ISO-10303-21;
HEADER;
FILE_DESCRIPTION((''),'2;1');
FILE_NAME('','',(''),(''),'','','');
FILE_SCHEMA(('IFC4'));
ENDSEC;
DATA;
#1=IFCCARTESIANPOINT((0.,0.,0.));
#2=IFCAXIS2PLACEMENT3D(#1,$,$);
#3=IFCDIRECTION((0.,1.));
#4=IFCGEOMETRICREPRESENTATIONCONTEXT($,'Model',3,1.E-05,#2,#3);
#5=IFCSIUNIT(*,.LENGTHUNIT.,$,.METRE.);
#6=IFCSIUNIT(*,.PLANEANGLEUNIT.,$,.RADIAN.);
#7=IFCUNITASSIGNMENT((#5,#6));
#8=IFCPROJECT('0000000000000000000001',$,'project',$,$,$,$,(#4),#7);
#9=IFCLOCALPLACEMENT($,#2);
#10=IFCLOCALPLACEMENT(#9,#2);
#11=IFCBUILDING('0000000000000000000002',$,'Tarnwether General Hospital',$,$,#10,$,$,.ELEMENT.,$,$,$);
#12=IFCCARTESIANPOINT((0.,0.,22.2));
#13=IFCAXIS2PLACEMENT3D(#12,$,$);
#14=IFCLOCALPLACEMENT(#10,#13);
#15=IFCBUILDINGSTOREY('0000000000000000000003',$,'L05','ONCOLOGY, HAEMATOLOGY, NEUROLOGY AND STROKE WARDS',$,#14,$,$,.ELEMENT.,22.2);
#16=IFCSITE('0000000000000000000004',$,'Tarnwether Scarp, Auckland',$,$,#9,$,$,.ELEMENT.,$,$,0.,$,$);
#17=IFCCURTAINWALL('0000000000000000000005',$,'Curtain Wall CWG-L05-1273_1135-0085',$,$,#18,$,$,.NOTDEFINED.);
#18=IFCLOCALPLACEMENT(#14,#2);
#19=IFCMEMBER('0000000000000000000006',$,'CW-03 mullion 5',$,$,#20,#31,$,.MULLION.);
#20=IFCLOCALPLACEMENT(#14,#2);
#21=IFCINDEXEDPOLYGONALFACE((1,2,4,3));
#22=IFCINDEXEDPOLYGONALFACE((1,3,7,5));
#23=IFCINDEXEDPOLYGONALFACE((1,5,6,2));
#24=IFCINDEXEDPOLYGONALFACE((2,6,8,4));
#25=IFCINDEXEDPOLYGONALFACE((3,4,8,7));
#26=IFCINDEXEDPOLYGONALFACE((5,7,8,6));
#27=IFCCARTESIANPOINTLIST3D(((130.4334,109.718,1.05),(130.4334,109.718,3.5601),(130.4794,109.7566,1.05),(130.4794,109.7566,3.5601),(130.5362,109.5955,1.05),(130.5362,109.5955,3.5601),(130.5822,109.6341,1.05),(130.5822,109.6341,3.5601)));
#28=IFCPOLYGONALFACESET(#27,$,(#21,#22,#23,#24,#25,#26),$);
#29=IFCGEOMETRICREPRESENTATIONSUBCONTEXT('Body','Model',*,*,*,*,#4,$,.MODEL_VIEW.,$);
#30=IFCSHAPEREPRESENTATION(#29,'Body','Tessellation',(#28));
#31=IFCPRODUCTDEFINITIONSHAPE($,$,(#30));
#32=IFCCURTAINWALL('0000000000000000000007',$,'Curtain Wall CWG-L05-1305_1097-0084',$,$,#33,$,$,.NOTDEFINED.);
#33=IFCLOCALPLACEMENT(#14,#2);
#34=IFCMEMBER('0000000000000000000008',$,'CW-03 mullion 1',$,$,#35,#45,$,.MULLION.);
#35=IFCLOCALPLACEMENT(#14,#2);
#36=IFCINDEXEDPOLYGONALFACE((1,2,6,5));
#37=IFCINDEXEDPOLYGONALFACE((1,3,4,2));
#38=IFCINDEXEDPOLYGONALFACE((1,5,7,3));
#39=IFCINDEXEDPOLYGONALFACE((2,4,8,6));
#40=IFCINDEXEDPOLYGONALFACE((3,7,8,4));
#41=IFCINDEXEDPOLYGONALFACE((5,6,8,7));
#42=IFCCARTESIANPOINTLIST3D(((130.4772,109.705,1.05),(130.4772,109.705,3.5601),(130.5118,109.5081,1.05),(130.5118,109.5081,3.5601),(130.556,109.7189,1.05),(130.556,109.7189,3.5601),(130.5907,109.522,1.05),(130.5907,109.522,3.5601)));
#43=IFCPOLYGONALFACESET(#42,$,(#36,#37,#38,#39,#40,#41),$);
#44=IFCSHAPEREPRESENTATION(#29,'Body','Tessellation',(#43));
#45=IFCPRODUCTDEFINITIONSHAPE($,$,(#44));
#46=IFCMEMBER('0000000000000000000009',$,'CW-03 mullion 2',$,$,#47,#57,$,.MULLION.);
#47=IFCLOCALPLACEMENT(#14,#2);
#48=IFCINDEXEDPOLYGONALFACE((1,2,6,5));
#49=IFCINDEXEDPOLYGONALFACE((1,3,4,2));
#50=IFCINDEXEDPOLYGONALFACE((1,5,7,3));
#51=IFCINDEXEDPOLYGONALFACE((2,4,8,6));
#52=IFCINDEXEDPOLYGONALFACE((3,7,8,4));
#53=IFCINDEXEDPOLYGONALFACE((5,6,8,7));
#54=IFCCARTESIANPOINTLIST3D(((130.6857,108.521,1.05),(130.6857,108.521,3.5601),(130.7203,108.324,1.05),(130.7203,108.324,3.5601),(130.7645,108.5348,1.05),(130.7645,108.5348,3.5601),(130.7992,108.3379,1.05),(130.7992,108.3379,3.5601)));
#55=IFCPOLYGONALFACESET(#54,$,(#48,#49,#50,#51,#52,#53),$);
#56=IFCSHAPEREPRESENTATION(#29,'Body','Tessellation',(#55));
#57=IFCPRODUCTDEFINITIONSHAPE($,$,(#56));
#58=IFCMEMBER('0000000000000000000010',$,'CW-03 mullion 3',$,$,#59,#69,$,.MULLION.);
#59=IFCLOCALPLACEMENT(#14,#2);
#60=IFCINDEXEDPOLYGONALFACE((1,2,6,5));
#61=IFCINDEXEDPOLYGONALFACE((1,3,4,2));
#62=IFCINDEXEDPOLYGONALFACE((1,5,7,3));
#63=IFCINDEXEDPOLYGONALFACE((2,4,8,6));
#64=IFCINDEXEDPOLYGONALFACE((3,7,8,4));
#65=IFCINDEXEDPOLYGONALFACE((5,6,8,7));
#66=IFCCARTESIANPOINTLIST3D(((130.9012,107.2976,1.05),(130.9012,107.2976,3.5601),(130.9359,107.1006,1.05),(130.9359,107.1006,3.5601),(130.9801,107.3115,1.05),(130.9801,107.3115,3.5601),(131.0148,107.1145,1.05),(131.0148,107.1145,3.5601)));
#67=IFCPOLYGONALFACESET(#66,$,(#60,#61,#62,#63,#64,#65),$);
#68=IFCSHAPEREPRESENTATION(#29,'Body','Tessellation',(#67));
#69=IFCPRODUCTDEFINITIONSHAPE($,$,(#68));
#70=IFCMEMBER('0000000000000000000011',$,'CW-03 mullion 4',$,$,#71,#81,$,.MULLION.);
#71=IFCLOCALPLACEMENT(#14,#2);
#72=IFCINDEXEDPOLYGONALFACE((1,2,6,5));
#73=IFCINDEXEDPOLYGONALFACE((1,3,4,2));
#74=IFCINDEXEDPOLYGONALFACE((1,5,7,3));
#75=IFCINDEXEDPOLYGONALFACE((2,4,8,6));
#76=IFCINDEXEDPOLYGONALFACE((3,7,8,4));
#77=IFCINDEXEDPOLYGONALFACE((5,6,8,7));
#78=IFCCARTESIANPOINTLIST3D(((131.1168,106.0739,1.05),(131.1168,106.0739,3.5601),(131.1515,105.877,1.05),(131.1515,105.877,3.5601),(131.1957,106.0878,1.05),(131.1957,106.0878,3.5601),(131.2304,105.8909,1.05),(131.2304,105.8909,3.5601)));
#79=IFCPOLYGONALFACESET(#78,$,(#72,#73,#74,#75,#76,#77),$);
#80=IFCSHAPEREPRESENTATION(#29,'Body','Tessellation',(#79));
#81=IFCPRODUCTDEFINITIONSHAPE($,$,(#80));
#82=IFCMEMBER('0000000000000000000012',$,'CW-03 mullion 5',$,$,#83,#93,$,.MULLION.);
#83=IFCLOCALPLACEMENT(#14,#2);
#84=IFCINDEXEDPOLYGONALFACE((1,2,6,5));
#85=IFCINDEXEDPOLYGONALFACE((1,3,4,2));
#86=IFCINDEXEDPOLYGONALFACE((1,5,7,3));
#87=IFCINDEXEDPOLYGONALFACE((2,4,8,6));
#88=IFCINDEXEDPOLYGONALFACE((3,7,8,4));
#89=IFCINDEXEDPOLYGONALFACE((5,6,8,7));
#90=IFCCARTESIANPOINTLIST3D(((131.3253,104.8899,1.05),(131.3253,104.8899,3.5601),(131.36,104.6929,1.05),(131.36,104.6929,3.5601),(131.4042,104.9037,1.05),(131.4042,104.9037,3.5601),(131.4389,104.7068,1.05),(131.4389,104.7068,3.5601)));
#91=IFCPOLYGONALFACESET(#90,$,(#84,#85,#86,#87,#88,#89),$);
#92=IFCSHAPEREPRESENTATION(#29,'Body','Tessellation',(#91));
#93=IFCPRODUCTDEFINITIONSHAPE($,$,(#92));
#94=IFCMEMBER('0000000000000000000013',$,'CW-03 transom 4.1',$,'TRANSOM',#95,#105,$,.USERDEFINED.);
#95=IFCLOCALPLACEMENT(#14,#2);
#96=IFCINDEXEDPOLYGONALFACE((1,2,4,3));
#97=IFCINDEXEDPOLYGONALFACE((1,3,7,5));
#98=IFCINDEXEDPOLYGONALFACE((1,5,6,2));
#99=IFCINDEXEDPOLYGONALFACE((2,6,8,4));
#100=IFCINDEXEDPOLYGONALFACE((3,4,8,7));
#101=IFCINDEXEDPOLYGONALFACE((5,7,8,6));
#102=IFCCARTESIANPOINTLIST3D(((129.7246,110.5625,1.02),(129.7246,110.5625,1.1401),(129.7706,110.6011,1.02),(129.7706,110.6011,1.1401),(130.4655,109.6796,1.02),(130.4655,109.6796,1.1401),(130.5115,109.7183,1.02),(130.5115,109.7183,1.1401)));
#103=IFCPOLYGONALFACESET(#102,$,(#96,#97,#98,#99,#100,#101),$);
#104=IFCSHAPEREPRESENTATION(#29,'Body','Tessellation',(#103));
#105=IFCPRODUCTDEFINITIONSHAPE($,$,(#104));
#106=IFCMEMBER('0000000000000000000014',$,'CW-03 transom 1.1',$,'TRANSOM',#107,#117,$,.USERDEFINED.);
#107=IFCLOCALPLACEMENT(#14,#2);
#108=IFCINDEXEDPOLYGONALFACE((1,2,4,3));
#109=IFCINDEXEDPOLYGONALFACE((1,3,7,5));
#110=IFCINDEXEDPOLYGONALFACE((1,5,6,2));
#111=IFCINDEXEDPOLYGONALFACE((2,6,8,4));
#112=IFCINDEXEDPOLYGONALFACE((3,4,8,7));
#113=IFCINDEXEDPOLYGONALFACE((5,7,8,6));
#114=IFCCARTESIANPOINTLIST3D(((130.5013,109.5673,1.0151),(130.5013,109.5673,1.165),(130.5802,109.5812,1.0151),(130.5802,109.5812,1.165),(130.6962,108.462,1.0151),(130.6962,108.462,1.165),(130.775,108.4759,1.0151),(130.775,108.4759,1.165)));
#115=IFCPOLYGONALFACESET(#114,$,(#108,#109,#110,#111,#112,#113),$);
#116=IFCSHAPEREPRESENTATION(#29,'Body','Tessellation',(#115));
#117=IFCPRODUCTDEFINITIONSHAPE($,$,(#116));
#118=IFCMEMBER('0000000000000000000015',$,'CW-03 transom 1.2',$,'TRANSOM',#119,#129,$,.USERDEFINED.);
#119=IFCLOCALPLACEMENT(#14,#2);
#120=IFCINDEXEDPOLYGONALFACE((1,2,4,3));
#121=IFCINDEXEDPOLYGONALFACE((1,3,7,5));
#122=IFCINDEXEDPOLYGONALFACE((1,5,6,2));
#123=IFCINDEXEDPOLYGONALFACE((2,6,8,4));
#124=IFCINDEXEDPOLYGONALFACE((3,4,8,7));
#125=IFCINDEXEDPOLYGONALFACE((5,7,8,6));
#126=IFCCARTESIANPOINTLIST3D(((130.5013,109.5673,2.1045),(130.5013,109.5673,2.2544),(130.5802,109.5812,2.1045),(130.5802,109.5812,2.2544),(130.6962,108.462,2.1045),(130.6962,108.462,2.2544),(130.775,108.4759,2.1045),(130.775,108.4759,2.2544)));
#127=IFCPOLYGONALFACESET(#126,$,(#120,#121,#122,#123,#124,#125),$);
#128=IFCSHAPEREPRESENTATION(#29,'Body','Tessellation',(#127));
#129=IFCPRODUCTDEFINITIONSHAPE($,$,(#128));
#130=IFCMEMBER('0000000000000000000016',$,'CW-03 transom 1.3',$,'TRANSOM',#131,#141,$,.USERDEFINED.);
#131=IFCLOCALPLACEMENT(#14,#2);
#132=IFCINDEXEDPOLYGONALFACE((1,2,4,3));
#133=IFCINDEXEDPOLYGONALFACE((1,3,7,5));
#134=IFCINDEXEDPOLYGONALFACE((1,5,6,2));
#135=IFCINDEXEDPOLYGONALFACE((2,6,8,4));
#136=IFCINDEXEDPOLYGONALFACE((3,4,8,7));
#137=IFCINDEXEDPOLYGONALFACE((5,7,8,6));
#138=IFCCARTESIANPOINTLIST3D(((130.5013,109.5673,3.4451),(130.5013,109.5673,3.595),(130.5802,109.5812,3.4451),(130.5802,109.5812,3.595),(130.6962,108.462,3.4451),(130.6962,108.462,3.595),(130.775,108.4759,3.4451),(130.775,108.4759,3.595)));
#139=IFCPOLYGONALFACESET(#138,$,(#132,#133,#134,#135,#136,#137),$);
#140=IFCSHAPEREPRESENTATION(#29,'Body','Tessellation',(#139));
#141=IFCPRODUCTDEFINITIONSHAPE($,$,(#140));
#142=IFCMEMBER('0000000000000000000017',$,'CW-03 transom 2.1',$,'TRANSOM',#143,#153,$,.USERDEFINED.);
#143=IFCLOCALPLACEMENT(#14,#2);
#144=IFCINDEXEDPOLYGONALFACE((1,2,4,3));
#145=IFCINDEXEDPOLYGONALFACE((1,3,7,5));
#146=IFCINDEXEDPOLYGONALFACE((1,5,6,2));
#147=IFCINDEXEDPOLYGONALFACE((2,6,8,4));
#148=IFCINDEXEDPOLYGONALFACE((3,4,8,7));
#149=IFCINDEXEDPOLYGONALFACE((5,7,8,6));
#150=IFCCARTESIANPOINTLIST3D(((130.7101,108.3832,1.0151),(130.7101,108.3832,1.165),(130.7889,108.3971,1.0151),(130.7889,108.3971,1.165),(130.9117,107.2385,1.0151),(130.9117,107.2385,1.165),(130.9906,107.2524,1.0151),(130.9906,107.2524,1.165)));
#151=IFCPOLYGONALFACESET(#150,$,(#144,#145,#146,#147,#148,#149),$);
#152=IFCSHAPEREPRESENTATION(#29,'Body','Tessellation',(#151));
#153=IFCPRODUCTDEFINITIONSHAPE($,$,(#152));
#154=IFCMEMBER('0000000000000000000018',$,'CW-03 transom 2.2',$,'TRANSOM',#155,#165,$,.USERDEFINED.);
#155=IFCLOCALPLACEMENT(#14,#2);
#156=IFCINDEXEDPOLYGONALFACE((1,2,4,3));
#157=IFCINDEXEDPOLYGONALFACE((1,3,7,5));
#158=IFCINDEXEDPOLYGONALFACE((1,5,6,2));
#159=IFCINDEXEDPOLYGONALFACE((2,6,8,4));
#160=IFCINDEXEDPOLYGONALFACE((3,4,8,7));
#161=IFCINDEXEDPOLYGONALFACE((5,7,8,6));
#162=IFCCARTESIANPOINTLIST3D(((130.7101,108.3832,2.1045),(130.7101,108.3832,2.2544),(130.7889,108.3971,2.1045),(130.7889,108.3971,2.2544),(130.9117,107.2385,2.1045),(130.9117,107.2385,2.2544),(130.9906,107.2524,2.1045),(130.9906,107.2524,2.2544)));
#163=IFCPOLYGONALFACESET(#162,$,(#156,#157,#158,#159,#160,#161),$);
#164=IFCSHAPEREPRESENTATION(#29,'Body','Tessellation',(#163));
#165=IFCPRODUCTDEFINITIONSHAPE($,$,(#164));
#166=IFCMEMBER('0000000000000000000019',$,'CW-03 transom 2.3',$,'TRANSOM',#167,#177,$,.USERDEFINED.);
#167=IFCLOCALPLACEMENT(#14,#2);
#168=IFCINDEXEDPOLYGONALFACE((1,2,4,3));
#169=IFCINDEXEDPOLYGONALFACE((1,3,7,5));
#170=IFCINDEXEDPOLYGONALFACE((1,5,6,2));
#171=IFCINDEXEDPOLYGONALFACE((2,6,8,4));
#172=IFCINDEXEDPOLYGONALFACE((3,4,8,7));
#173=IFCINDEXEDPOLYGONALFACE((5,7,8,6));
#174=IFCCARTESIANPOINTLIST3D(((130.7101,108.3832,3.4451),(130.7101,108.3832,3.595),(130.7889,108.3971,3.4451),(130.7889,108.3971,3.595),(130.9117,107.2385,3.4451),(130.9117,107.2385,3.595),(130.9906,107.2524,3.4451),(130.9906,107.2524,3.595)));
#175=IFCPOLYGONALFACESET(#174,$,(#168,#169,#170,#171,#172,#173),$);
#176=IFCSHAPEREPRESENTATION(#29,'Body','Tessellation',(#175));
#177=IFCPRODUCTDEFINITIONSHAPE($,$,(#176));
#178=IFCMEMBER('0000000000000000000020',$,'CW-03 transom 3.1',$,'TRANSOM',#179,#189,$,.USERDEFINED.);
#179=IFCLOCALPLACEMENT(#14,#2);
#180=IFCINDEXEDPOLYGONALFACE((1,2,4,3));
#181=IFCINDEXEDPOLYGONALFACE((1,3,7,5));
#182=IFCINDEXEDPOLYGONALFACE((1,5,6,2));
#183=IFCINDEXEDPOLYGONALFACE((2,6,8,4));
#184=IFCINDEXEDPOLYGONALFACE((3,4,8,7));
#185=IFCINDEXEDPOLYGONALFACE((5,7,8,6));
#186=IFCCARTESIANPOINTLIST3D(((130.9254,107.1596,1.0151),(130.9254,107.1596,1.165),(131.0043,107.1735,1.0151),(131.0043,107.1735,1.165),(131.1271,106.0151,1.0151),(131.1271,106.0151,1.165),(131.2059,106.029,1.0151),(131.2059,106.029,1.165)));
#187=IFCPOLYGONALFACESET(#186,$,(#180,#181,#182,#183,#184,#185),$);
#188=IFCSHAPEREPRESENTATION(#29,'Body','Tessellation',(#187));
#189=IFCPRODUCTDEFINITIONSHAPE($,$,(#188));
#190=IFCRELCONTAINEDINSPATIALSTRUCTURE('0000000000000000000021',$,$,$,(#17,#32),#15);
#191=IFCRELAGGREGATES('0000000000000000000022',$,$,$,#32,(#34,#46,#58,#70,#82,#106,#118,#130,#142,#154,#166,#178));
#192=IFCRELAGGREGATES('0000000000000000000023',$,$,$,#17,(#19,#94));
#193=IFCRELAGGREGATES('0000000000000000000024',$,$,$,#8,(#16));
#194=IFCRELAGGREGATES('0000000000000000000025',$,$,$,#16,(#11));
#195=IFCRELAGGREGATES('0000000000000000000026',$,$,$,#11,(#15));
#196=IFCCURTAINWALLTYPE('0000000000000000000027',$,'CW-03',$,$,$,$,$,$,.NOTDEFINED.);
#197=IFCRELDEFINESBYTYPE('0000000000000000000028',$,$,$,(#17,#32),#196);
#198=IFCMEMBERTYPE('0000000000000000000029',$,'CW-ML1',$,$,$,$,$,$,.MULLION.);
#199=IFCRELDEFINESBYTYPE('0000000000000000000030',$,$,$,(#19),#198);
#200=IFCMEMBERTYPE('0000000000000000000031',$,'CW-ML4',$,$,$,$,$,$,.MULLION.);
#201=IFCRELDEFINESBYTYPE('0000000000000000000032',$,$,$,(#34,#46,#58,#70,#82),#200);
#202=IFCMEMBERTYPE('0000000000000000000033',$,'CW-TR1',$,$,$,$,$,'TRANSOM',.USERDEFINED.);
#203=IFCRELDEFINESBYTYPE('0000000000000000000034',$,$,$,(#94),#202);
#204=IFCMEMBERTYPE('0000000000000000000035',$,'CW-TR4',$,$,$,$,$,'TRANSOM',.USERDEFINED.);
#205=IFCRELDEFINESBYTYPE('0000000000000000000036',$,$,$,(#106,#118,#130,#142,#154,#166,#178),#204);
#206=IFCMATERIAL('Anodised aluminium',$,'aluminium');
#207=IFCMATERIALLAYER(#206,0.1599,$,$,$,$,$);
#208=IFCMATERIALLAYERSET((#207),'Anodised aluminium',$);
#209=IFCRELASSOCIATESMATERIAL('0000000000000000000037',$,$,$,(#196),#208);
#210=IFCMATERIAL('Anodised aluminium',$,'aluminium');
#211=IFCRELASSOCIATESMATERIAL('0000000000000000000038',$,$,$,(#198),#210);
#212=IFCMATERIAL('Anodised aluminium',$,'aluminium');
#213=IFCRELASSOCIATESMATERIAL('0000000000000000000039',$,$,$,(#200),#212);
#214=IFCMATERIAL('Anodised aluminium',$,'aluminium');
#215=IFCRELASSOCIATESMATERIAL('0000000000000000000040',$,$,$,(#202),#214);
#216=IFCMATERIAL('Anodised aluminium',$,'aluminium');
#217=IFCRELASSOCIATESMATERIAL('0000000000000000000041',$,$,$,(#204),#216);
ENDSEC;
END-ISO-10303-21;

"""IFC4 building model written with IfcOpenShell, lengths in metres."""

from ifc_helpers import new_model, si_unit, direction, frame, origin, origin_2d, place, context, subcontext, project, spatial, rectangle, extrude, material, layer, layer_set, material_profile, profile_set, type_object, element, aggregate, save


model = new_model("IFC4")

# Units and contexts
model_context = context("Model", 3, precision=1e-05, world=origin(), true_north=direction((0.0, 1.0)))
body_context = subcontext(model_context, "Body", "Model", "MODEL_VIEW")
ifc_project = project(units=[si_unit("LENGTHUNIT", "METRE"), si_unit("PLANEANGLEUNIT", "RADIAN")], contexts=[model_context])

# Site, building, storey
site_placement = place(None, origin())
site = spatial("IfcSite", under=ifc_project, at=site_placement, Name="Tarnwether Scarp, Auckland", CompositionType="ELEMENT", RefElevation=0.0)
building_placement = place(site_placement, origin())
building = spatial("IfcBuilding", under=site, at=building_placement, Name="Tarnwether General Hospital", CompositionType="ELEMENT")
storey_placement = place(building_placement, frame((0.0, 0.0, 22.2)))
storey = spatial("IfcBuildingStorey", under=building, at=storey_placement, Name="L05", Description="ONCOLOGY, HAEMATOLOGY, NEUROLOGY AND STROKE WARDS", CompositionType="ELEMENT", Elevation=22.2)

# Curtain wall, member
ifc_material_1 = material(Name="Anodised aluminium", Category="aluminium")
ifc_layer_1 = layer(ifc_material_1, 0.1599)
ifc_layer_set_1 = layer_set([ifc_layer_1], Name="Anodised aluminium")
curtain_wall_type = type_object("IfcCurtainWallType", Name="CW-03", PredefinedType="NOTDEFINED", material=ifc_layer_set_1)
curtain_wall_1_placement = place(storey_placement, origin())
curtain_wall_1 = element("IfcCurtainWall", 1, at=curtain_wall_1_placement, inside=storey, type_object=curtain_wall_type, Name="Curtain Wall CWG-L05-1273_1135-0085", PredefinedType="NOTDEFINED")
ifc_material_2 = material(Name="Anodised aluminium", Category="aluminium")
ifc_material_profile_1 = material_profile(ifc_material_2, rectangle(XDim=0.0601, YDim=0.1599, at=origin_2d()), Name="ALU-MUL-60x160")
ifc_profile_set_1 = profile_set([ifc_material_profile_1], Name="Anodised aluminium")
member_type_1 = type_object("IfcMemberType", Name="CW-ML1", PredefinedType="MULLION", material=ifc_profile_set_1)
member_1_placement = place(storey_placement, frame((130.5078, 109.676, 1.05), z_axis=(0.0, 0.0, 1.0), x_axis=(0.76599, 0.642852, 0.0)))
member_1 = element("IfcMember", 2, at=member_1_placement, type_object=member_type_1, Name="CW-03 mullion 5", PredefinedType="MULLION", context=body_context, shape_type="SweptSolid", body=[
    extrude(rectangle(XDim=0.0601, YDim=0.1599, at=origin_2d()), origin(), (0.0, 0.0, 1.0), 2.51),
])

# Curtain wall, members
curtain_wall_2_placement = place(storey_placement, origin())
curtain_wall_2 = element("IfcCurtainWall", 3, at=curtain_wall_2_placement, inside=storey, type_object=curtain_wall_type, Name="Curtain Wall CWG-L05-1305_1097-0084", PredefinedType="NOTDEFINED")
ifc_material_3 = material(Name="Anodised aluminium", Category="aluminium")
ifc_material_profile_2 = material_profile(ifc_material_3, rectangle(XDim=0.0801, YDim=0.2, at=origin_2d()), Name="ALU-MUL-80x200")
ifc_profile_set_2 = profile_set([ifc_material_profile_2], Name="Anodised aluminium")
member_type_2 = type_object("IfcMemberType", Name="CW-ML4", PredefinedType="MULLION", material=ifc_profile_set_2)
member_2_placement = place(storey_placement, frame((130.5339, 109.6135, 1.05), z_axis=(0.0, 0.0, 1.0), x_axis=(0.98484, 0.173464, 0.0)))
member_2 = element("IfcMember", 4, at=member_2_placement, type_object=member_type_2, Name="CW-03 mullion 1", PredefinedType="MULLION", context=body_context, shape_type="SweptSolid", body=[
    extrude(rectangle(XDim=0.0801, YDim=0.2, at=origin_2d()), origin(), (0.0, 0.0, 1.0), 2.51),
])
member_3_placement = place(storey_placement, frame((130.7424, 108.4294, 1.05), z_axis=(0.0, 0.0, 1.0), x_axis=(0.98484, 0.173464, 0.0)))
member_3 = element("IfcMember", 5, at=member_3_placement, type_object=member_type_2, Name="CW-03 mullion 2", PredefinedType="MULLION", context=body_context, shape_type="SweptSolid", body=[
    extrude(rectangle(XDim=0.0801, YDim=0.2, at=origin_2d()), origin(), (0.0, 0.0, 1.0), 2.51),
])
member_4_placement = place(storey_placement, frame((130.958, 107.2061, 1.05), z_axis=(0.0, 0.0, 1.0), x_axis=(0.98484, 0.173464, 0.0)))
member_4 = element("IfcMember", 6, at=member_4_placement, type_object=member_type_2, Name="CW-03 mullion 3", PredefinedType="MULLION", context=body_context, shape_type="SweptSolid", body=[
    extrude(rectangle(XDim=0.0801, YDim=0.2, at=origin_2d()), origin(), (0.0, 0.0, 1.0), 2.51),
])
member_5_placement = place(storey_placement, frame((131.1736, 105.9824, 1.05), z_axis=(0.0, 0.0, 1.0), x_axis=(0.98484, 0.173464, 0.0)))
member_5 = element("IfcMember", 7, at=member_5_placement, type_object=member_type_2, Name="CW-03 mullion 4", PredefinedType="MULLION", context=body_context, shape_type="SweptSolid", body=[
    extrude(rectangle(XDim=0.0801, YDim=0.2, at=origin_2d()), origin(), (0.0, 0.0, 1.0), 2.51),
])
member_6_placement = place(storey_placement, frame((131.3821, 104.7983, 1.05), z_axis=(0.0, 0.0, 1.0), x_axis=(0.98484, 0.173464, 0.0)))
member_6 = element("IfcMember", 8, at=member_6_placement, type_object=member_type_2, Name="CW-03 mullion 5", PredefinedType="MULLION", context=body_context, shape_type="SweptSolid", body=[
    extrude(rectangle(XDim=0.0801, YDim=0.2, at=origin_2d()), origin(), (0.0, 0.0, 1.0), 2.51),
])

# Members
ifc_material_4 = material(Name="Anodised aluminium", Category="aluminium")
ifc_material_profile_3 = material_profile(ifc_material_4, rectangle(XDim=0.0601, YDim=0.1201, at=origin_2d()), Name="ALU-TRN-60x120")
ifc_profile_set_3 = profile_set([ifc_material_profile_3], Name="Anodised aluminium")
member_type_3 = type_object("IfcMemberType", Name="CW-TR1", ElementType="TRANSOM", PredefinedType="USERDEFINED", material=ifc_profile_set_3)
member_7_placement = place(storey_placement, frame((129.7476, 110.5818, 1.0801), z_axis=(0.642889, -0.765959, 0.0), x_axis=(0.765959, 0.642889, 0.0)))
member_7 = element("IfcMember", 9, at=member_7_placement, type_object=member_type_3, Name="CW-03 transom 4.1", ObjectType="TRANSOM", PredefinedType="USERDEFINED", context=body_context, shape_type="SweptSolid", body=[
    extrude(rectangle(XDim=0.0601, YDim=0.1201, at=origin_2d()), origin(), (0.0, 0.0, 1.0), 1.1526),
])
ifc_material_5 = material(Name="Anodised aluminium", Category="aluminium")
ifc_material_profile_4 = material_profile(ifc_material_5, rectangle(XDim=0.0801, YDim=0.1499, at=origin_2d()), Name="ALU-TRN-80x150")
ifc_profile_set_4 = profile_set([ifc_material_profile_4], Name="Anodised aluminium")
member_type_4 = type_object("IfcMemberType", Name="CW-TR4", ElementType="TRANSOM", PredefinedType="USERDEFINED", material=ifc_profile_set_4)
member_8_placement = place(storey_placement, frame((130.5408, 109.5742, 1.0901), z_axis=(0.173599, -0.984816, 0.0), x_axis=(0.984816, 0.173599, 0.0)))
member_8 = element("IfcMember", 10, at=member_8_placement, type_object=member_type_4, Name="CW-03 transom 1.1", ObjectType="TRANSOM", PredefinedType="USERDEFINED", context=body_context, shape_type="SweptSolid", body=[
    extrude(rectangle(XDim=0.0801, YDim=0.1499, at=origin_2d()), origin(), (0.0, 0.0, 1.0), 1.1223),
])
member_9_placement = place(storey_placement, frame((130.5408, 109.5742, 2.1794), z_axis=(0.173599, -0.984816, 0.0), x_axis=(0.984816, 0.173599, 0.0)))
member_9 = element("IfcMember", 11, at=member_9_placement, type_object=member_type_4, Name="CW-03 transom 1.2", ObjectType="TRANSOM", PredefinedType="USERDEFINED", context=body_context, shape_type="SweptSolid", body=[
    extrude(rectangle(XDim=0.0801, YDim=0.1499, at=origin_2d()), origin(), (0.0, 0.0, 1.0), 1.1223),
])
member_10_placement = place(storey_placement, frame((130.5408, 109.5742, 3.52), z_axis=(0.173599, -0.984816, 0.0), x_axis=(0.984816, 0.173599, 0.0)))
member_10 = element("IfcMember", 12, at=member_10_placement, type_object=member_type_4, Name="CW-03 transom 1.3", ObjectType="TRANSOM", PredefinedType="USERDEFINED", context=body_context, shape_type="SweptSolid", body=[
    extrude(rectangle(XDim=0.0801, YDim=0.1499, at=origin_2d()), origin(), (0.0, 0.0, 1.0), 1.1223),
])
member_11_placement = place(storey_placement, frame((130.7495, 108.3901, 1.0901), z_axis=(0.173486, -0.984836, 0.0), x_axis=(0.984836, 0.173486, 0.0)))
member_11 = element("IfcMember", 13, at=member_11_placement, type_object=member_type_4, Name="CW-03 transom 2.1", ObjectType="TRANSOM", PredefinedType="USERDEFINED", context=body_context, shape_type="SweptSolid", body=[
    extrude(rectangle(XDim=0.0801, YDim=0.1499, at=origin_2d()), origin(), (0.0, 0.0, 1.0), 1.1624),
])
member_12_placement = place(storey_placement, frame((130.7495, 108.3901, 2.1794), z_axis=(0.173486, -0.984836, 0.0), x_axis=(0.984836, 0.173486, 0.0)))
member_12 = element("IfcMember", 14, at=member_12_placement, type_object=member_type_4, Name="CW-03 transom 2.2", ObjectType="TRANSOM", PredefinedType="USERDEFINED", context=body_context, shape_type="SweptSolid", body=[
    extrude(rectangle(XDim=0.0801, YDim=0.1499, at=origin_2d()), origin(), (0.0, 0.0, 1.0), 1.1624),
])
member_13_placement = place(storey_placement, frame((130.7495, 108.3901, 3.52), z_axis=(0.173486, -0.984836, 0.0), x_axis=(0.984836, 0.173486, 0.0)))
member_13 = element("IfcMember", 15, at=member_13_placement, type_object=member_type_4, Name="CW-03 transom 2.3", ObjectType="TRANSOM", PredefinedType="USERDEFINED", context=body_context, shape_type="SweptSolid", body=[
    extrude(rectangle(XDim=0.0801, YDim=0.1499, at=origin_2d()), origin(), (0.0, 0.0, 1.0), 1.1624),
])
member_14_placement = place(storey_placement, frame((130.9648, 107.1665, 1.0901), z_axis=(0.173522, -0.98483, 0.0), x_axis=(0.98483, 0.173522, 0.0)))
member_14 = element("IfcMember", 16, at=member_14_placement, type_object=member_type_4, Name="CW-03 transom 3.1", ObjectType="TRANSOM", PredefinedType="USERDEFINED", context=body_context, shape_type="SweptSolid", body=[
    extrude(rectangle(XDim=0.0801, YDim=0.1499, at=origin_2d()), origin(), (0.0, 0.0, 1.0), 1.1621),
])

aggregate(curtain_wall_2, [member_2, member_3, member_4, member_5, member_6, member_8, member_9, member_10, member_11, member_12, member_13, member_14])
aggregate(curtain_wall_1, [member_1, member_7])

save(model, "model.ifc")
